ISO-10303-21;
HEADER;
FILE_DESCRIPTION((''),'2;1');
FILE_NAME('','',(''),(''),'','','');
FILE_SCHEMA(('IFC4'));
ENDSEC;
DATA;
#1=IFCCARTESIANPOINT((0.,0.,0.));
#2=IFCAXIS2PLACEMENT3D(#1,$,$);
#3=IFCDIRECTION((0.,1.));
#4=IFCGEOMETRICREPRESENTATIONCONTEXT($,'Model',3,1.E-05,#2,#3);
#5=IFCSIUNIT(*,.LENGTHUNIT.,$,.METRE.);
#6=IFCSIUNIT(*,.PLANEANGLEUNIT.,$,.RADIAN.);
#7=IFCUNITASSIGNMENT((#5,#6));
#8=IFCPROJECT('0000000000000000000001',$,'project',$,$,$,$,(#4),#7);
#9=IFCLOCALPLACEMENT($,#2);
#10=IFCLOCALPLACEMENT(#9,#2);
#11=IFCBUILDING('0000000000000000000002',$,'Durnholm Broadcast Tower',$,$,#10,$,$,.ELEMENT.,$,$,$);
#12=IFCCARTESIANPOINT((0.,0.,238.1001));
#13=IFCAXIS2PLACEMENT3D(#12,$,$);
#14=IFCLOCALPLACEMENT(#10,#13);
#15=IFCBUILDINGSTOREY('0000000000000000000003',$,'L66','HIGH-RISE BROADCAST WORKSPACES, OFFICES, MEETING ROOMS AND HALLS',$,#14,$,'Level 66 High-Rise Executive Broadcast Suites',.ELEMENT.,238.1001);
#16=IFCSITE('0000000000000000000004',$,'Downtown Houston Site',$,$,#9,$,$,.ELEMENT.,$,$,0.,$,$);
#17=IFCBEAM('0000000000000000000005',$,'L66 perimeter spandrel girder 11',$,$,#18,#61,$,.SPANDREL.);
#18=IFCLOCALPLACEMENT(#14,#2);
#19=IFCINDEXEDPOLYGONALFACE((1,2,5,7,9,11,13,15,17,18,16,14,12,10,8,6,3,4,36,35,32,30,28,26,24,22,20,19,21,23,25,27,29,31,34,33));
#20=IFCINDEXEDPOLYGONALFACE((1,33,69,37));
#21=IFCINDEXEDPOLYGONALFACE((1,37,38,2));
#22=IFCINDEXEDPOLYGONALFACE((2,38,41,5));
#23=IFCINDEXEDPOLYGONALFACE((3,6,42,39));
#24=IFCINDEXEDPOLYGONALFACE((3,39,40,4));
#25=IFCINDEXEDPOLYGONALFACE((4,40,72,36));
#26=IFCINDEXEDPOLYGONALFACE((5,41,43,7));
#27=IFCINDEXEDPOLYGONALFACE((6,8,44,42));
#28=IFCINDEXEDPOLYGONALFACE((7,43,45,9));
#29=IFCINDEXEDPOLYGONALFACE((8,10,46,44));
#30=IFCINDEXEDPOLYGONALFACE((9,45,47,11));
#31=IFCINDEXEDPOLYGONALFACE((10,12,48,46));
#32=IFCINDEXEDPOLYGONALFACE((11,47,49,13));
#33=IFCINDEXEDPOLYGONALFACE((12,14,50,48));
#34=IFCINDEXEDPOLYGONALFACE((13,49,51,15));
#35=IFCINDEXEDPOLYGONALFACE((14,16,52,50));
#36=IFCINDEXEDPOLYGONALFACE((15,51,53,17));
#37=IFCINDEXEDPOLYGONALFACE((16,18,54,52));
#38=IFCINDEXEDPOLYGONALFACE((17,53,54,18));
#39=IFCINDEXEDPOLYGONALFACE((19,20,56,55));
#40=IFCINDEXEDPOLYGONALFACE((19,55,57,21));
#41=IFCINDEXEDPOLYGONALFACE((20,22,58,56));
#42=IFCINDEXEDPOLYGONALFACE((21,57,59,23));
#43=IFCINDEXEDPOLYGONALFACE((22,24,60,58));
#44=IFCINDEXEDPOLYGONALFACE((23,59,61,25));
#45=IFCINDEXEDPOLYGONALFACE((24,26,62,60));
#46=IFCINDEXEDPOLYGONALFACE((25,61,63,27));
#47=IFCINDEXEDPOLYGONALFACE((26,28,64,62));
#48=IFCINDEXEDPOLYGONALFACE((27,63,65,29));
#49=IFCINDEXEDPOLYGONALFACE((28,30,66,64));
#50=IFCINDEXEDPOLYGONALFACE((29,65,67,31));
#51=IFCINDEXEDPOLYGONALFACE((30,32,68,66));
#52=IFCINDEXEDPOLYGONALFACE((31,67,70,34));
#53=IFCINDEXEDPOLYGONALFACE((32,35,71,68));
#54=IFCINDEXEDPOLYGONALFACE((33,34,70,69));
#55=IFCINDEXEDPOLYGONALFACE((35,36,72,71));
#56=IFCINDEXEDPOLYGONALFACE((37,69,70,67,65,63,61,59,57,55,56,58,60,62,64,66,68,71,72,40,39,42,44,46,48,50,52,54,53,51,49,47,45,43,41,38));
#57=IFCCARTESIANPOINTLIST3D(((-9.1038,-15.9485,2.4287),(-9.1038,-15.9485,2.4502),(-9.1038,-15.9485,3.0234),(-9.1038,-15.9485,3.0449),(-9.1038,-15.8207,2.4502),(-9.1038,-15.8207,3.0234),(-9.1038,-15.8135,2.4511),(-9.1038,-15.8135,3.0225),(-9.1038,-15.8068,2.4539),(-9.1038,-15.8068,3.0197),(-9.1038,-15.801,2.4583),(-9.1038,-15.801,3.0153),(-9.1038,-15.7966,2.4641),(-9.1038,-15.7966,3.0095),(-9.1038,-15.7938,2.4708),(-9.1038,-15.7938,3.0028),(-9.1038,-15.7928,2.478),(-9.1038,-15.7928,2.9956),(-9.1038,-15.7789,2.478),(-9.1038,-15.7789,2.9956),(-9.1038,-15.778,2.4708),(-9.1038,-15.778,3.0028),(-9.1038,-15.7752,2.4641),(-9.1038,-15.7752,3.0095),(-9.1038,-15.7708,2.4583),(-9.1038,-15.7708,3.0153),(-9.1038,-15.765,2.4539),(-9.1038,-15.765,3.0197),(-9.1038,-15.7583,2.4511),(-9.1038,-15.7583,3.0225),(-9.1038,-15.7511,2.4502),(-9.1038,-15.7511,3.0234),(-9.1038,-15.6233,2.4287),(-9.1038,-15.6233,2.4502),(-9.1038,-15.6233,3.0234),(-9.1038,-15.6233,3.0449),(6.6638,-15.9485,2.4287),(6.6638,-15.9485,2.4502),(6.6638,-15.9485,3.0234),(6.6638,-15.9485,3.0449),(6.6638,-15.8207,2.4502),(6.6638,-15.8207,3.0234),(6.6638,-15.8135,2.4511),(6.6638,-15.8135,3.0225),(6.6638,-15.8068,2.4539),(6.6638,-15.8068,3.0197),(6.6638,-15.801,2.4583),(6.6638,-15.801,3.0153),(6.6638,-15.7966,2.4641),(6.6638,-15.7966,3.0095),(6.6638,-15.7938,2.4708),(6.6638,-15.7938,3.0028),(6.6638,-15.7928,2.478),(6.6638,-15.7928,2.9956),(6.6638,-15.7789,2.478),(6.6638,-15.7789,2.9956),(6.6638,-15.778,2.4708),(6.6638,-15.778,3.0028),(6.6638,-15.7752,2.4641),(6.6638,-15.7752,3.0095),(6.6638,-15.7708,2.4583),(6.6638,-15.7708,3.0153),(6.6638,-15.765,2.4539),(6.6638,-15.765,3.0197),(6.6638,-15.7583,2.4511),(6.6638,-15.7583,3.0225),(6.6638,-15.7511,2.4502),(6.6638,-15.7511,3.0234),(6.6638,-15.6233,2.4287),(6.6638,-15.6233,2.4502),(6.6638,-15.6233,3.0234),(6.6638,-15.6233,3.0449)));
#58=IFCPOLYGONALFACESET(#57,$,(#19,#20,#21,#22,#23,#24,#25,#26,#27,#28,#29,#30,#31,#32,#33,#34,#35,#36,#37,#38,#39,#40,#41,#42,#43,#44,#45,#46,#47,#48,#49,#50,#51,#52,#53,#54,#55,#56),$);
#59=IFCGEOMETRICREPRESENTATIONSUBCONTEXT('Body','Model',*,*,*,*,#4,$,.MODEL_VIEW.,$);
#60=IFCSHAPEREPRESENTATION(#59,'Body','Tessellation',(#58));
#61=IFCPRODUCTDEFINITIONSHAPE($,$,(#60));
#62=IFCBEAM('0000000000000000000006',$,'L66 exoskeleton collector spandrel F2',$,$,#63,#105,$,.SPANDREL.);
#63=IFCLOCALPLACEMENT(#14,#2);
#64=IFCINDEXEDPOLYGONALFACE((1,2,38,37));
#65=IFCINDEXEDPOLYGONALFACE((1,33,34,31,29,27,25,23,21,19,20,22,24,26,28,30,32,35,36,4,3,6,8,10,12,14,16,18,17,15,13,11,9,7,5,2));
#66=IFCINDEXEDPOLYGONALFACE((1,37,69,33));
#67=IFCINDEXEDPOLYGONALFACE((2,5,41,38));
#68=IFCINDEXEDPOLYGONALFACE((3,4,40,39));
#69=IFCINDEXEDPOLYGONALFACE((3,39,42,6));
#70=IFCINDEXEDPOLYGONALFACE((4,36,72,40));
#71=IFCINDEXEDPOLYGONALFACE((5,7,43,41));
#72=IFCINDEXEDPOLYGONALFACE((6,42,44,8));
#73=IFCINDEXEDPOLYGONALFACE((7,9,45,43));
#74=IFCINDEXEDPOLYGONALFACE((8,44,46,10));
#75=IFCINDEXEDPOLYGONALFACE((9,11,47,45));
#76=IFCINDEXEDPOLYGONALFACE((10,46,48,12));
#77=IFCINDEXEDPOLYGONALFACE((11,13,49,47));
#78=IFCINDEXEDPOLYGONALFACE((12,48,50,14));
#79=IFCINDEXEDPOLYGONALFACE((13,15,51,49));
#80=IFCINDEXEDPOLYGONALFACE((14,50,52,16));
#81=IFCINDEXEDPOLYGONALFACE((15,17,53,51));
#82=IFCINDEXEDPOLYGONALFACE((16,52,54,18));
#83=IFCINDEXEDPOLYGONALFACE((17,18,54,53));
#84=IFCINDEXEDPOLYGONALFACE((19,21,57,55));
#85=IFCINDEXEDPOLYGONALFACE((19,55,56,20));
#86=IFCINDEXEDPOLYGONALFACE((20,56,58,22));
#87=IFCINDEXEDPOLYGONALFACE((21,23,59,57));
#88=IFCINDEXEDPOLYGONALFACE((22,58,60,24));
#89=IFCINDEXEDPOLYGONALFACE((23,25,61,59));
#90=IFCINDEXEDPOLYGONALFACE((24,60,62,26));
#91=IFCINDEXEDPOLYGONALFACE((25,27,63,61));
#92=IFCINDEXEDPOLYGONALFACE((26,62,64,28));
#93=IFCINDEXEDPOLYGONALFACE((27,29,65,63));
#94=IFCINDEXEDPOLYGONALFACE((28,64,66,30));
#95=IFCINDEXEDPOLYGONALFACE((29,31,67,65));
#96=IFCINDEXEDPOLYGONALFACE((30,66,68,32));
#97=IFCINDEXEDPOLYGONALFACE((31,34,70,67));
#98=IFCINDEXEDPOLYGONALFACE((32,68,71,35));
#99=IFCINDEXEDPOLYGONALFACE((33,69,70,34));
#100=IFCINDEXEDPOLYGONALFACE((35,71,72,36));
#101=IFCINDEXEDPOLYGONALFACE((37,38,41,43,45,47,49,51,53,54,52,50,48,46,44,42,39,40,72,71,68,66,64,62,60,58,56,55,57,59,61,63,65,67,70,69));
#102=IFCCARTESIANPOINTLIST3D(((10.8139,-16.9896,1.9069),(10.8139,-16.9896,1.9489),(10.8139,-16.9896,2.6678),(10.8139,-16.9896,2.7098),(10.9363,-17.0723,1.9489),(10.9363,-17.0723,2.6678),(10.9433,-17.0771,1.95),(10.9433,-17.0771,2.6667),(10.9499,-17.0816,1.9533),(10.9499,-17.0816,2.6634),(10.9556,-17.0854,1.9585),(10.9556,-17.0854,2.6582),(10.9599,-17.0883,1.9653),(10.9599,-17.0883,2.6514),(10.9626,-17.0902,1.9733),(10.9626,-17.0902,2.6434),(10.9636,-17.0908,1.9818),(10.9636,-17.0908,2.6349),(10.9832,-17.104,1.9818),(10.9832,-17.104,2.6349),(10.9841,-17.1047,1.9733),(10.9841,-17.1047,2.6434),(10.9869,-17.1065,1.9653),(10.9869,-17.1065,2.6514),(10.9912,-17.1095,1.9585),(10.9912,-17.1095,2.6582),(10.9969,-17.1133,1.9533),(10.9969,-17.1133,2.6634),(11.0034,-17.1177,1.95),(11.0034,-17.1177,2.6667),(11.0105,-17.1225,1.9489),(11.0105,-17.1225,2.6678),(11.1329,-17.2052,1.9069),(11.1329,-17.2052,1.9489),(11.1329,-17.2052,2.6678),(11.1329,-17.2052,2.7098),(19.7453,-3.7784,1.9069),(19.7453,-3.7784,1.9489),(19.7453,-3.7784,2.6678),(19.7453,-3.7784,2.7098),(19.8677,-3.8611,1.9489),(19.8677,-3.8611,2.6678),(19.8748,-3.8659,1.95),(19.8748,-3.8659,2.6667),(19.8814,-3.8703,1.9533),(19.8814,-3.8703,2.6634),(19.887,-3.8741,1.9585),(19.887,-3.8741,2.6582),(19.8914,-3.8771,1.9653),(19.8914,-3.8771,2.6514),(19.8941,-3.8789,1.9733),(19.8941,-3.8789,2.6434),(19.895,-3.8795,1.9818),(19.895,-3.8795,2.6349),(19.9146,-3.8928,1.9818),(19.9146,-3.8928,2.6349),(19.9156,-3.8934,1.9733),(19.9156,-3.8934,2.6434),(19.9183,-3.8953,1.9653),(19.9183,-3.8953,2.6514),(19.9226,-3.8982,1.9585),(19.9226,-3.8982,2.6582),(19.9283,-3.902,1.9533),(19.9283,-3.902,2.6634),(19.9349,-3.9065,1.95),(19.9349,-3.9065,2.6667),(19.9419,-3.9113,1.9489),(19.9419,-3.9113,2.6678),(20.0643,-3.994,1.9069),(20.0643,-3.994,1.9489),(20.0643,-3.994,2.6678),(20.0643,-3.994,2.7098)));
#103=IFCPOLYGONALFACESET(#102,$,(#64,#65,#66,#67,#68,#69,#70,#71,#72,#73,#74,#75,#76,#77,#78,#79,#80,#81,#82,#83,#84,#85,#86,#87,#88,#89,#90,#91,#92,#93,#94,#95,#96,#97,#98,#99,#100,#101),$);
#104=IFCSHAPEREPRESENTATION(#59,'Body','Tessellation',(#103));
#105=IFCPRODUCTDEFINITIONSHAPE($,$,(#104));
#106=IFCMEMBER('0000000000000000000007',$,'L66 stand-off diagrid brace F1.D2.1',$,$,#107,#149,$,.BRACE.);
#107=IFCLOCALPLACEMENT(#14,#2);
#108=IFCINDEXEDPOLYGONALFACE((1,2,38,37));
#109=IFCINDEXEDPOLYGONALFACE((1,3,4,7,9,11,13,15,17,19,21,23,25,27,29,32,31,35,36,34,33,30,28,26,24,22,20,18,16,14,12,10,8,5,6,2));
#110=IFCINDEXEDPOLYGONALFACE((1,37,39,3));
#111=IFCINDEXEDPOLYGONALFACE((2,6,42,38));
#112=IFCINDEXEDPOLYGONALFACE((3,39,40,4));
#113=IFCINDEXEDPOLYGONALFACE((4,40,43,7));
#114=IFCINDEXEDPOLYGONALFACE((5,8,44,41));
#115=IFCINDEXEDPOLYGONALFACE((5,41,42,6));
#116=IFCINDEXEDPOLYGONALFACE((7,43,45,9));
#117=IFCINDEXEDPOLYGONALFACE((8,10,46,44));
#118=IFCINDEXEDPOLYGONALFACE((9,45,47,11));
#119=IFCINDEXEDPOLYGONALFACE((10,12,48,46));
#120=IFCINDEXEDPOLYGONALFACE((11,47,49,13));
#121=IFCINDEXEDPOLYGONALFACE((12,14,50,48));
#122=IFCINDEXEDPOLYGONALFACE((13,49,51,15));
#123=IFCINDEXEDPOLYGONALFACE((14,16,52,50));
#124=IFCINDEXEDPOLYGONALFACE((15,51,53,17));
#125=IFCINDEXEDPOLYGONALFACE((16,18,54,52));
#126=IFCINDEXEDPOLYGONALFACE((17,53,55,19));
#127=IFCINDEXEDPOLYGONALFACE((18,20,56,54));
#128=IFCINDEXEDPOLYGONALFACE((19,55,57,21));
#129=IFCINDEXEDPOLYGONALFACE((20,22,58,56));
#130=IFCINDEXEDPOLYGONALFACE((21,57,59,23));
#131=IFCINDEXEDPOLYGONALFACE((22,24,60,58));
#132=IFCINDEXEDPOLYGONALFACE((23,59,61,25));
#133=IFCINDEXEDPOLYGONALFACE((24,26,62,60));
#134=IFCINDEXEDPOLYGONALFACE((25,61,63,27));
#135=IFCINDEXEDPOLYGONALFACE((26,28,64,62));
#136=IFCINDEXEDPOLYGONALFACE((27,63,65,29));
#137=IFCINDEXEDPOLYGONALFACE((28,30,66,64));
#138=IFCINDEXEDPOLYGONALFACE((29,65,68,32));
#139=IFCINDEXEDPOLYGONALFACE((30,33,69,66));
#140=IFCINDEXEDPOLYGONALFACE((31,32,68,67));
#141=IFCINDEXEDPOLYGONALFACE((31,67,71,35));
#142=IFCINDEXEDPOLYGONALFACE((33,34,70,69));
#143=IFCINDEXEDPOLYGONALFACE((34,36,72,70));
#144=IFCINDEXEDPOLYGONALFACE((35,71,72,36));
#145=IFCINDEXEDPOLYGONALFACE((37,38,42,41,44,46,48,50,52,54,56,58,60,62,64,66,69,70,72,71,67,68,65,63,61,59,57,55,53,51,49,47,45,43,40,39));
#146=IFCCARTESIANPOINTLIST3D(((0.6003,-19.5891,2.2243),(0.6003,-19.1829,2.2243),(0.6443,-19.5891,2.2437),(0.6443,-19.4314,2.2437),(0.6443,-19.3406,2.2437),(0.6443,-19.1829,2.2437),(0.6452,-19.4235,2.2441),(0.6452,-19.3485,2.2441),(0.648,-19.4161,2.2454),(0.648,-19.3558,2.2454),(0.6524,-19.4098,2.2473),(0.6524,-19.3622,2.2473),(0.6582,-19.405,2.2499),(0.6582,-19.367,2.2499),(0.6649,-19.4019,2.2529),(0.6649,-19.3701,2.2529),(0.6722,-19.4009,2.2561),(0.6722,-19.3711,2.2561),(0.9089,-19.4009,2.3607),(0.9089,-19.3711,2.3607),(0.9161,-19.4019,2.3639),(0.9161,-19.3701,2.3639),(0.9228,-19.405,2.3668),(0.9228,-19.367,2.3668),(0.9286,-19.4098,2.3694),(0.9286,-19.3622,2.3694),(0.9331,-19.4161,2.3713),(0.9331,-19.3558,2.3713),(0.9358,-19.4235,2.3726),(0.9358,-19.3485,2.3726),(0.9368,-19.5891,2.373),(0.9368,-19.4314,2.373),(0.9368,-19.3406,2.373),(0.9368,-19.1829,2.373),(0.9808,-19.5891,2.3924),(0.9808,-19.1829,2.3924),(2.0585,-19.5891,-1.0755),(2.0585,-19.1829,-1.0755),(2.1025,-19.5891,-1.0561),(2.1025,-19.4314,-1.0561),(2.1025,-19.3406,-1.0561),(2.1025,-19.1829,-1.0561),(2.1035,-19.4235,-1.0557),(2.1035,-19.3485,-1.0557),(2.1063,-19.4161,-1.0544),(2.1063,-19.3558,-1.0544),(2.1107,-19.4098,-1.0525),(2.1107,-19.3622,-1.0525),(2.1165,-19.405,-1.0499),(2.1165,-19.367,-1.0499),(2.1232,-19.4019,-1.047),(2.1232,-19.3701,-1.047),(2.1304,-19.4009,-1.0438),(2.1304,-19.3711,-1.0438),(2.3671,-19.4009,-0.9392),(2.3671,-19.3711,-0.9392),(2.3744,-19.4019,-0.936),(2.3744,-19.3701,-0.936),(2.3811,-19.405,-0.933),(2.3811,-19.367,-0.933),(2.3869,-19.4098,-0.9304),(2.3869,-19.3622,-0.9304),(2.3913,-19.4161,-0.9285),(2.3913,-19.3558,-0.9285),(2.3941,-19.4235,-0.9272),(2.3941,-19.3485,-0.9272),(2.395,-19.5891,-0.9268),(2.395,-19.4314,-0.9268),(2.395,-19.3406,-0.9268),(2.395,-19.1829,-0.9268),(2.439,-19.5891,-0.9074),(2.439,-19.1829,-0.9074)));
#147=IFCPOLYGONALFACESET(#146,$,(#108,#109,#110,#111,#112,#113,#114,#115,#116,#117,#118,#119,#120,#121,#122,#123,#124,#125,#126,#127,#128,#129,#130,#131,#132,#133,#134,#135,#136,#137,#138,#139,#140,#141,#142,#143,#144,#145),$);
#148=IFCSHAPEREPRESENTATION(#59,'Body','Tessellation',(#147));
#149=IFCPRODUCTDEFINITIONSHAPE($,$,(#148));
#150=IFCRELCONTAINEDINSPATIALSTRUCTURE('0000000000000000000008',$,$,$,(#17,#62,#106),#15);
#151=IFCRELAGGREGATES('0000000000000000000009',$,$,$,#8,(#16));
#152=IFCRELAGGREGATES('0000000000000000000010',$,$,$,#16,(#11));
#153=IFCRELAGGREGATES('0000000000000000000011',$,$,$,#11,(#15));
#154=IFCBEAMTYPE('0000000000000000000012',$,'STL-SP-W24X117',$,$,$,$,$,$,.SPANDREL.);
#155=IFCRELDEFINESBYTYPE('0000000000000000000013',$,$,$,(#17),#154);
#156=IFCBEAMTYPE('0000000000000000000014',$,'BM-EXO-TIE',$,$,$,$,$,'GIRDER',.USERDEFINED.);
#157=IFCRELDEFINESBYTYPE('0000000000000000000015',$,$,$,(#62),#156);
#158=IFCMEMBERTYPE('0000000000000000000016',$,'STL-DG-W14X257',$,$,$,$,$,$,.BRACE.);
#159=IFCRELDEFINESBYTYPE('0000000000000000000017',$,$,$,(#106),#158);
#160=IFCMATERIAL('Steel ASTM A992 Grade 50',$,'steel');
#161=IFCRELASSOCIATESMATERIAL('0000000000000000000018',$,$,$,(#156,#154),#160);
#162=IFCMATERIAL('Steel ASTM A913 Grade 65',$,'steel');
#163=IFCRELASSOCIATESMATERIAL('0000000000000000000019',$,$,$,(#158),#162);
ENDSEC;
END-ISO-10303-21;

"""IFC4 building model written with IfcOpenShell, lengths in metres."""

from ifc_helpers import new_model, si_unit, direction, frame, origin, origin_2d, place, context, subcontext, project, spatial, i_section, extrude, source, transform, mapped, material, material_profile, profile_set, type_object, type_shapes, element, save


model = new_model("IFC4")

# Units and contexts
model_context = context("Model", 3, precision=1e-05, world=origin(), true_north=direction((0.0, 1.0)))
body_context = subcontext(model_context, "Body", "Model", "MODEL_VIEW")
ifc_project = project(units=[si_unit("LENGTHUNIT", "METRE"), si_unit("PLANEANGLEUNIT", "RADIAN")], contexts=[model_context])

# Site, building, storey
site_placement = place(None, origin())
site = spatial("IfcSite", under=ifc_project, at=site_placement, Name="Downtown Houston Site", CompositionType="ELEMENT", RefElevation=0.0)
building_placement = place(site_placement, origin())
building = spatial("IfcBuilding", under=site, at=building_placement, Name="Durnholm Broadcast Tower", CompositionType="ELEMENT")
storey_placement = place(building_placement, frame((0.0, 0.0, 238.1001)))
storey = spatial("IfcBuildingStorey", under=building, at=storey_placement, Name="L66", Description="HIGH-RISE BROADCAST WORKSPACES, OFFICES, MEETING ROOMS AND HALLS", LongName="Level 66 High-Rise Executive Broadcast Suites", CompositionType="ELEMENT", Elevation=238.1001)

# Beams
ifc_material_1 = material(Name="Steel ASTM A992 Grade 50", Category="steel")
ifc_material_profile_1 = material_profile(ifc_material_1, i_section(OverallWidth=0.385, OverallDepth=0.803, WebThickness=0.0237, FlangeThickness=0.042, FilletRadius=0.033, at=origin_2d()), Name="W30X261")
ifc_profile_set_1 = profile_set([ifc_material_profile_1], Name="Steel ASTM A992 Grade 50")
beam_type_1 = type_object("IfcBeamType", Name="BM-EXO-TIE", ElementType="GIRDER", PredefinedType="USERDEFINED", material=ifc_profile_set_1)
ifc_material_profile_2 = material_profile(ifc_material_1, i_section(OverallWidth=0.3252, OverallDepth=0.6162, WebThickness=0.0139, FlangeThickness=0.0215, FilletRadius=0.0278, at=origin_2d()), Name="W24X117")
ifc_profile_set_2 = profile_set([ifc_material_profile_2], Name="Steel ASTM A992 Grade 50")
beam_type_2 = type_object("IfcBeamType", Name="STL-SP-W24X117", PredefinedType="SPANDREL", material=ifc_profile_set_2)
shared_shape_1 = source(origin(), body_context, "Body", "SweptSolid", [
    extrude(i_section(OverallWidth=0.3252, OverallDepth=0.6162, WebThickness=0.0139, FlangeThickness=0.0215, FilletRadius=0.0278, at=origin_2d()), origin(), (0.0, 0.0, 1.0), 15.7676),
])
beam_1_placement = place(storey_placement, frame((6.6638, -15.7859, 2.7368), z_axis=(-1.0, 0.0, 0.0), x_axis=(0.0, -1.0, 0.0)))
element("IfcBeam", 1, at=beam_1_placement, inside=storey, type_object=beam_type_2, Name="L66 perimeter spandrel girder 11", PredefinedType="SPANDREL", context=body_context, shape_type="MappedRepresentation", body=[
    mapped(shared_shape_1, transform((0.0, 0.0, 0.0), x_axis=(1.0, 0.0, 0.0), y_axis=(0.0, 1.0, 0.0), z_axis=(0.0, 0.0, 1.0), scale=1.0)),
])
shared_shape_2 = source(origin(), body_context, "Body", "SweptSolid", [
    extrude(i_section(OverallWidth=0.385, OverallDepth=0.803, WebThickness=0.0237, FlangeThickness=0.042, FilletRadius=0.033, at=origin_2d()), origin(), (0.0, 0.0, 1.0), 15.947),
])
beam_2_placement = place(storey_placement, frame((10.9734, -17.0974, 2.3083), z_axis=(0.560069, 0.828446, 0.0), x_axis=(-0.828446, 0.560069, 0.0)))
element("IfcBeam", 2, at=beam_2_placement, inside=storey, type_object=beam_type_1, Name="L66 exoskeleton collector spandrel F2", PredefinedType="SPANDREL", context=body_context, shape_type="MappedRepresentation", body=[
    mapped(shared_shape_2, transform((0.0, 0.0, 0.0), x_axis=(1.0, 0.0, 0.0), y_axis=(0.0, 1.0, 0.0), z_axis=(0.0, 0.0, 1.0), scale=1.0)),
])

# Member
ifc_material_2 = material(Name="Steel ASTM A913 Grade 65", Category="steel")
ifc_material_profile_3 = material_profile(ifc_material_2, i_section(OverallWidth=0.4062, OverallDepth=0.416, WebThickness=0.0298, FlangeThickness=0.0481, FilletRadius=0.0305, at=origin_2d()), Name="W14X257")
ifc_profile_set_3 = profile_set([ifc_material_profile_3], Name="Steel ASTM A913 Grade 65")
member_type_1 = type_object("IfcMemberType", Name="STL-DG-W14X257", PredefinedType="BRACE", material=ifc_profile_set_3)
shared_shape_3 = source(origin(), body_context, "Body", "SweptSolid", [
    extrude(i_section(OverallWidth=0.4062, OverallDepth=0.416, WebThickness=0.0298, FlangeThickness=0.0481, FilletRadius=0.0305, at=origin_2d()), origin(), (0.0, 0.0, 1.0), 3.6077),
])
type_shapes(member_type_1, [shared_shape_3])
for number, where, z_axis, x_axis, name in (
    (3, (2.2488, -19.386, -0.9915), (-0.40421, 0.0, 0.914666), (0.0, -1.0, 0.0), "L66 stand-off diagrid brace F1.D2.1"),
):
    element("IfcMember", number, at=place(storey_placement, frame(where, z_axis=z_axis, x_axis=x_axis)), inside=storey, type_object=member_type_1, Name=name, PredefinedType="BRACE", context=body_context, shape_type="MappedRepresentation", body=[
        mapped(shared_shape_3, transform((0.0, 0.0, 0.0), x_axis=(1.0, 0.0, 0.0), y_axis=(0.0, 1.0, 0.0), z_axis=(0.0, 0.0, 1.0), scale=1.0)),
    ])

save(model, "model.ifc")
